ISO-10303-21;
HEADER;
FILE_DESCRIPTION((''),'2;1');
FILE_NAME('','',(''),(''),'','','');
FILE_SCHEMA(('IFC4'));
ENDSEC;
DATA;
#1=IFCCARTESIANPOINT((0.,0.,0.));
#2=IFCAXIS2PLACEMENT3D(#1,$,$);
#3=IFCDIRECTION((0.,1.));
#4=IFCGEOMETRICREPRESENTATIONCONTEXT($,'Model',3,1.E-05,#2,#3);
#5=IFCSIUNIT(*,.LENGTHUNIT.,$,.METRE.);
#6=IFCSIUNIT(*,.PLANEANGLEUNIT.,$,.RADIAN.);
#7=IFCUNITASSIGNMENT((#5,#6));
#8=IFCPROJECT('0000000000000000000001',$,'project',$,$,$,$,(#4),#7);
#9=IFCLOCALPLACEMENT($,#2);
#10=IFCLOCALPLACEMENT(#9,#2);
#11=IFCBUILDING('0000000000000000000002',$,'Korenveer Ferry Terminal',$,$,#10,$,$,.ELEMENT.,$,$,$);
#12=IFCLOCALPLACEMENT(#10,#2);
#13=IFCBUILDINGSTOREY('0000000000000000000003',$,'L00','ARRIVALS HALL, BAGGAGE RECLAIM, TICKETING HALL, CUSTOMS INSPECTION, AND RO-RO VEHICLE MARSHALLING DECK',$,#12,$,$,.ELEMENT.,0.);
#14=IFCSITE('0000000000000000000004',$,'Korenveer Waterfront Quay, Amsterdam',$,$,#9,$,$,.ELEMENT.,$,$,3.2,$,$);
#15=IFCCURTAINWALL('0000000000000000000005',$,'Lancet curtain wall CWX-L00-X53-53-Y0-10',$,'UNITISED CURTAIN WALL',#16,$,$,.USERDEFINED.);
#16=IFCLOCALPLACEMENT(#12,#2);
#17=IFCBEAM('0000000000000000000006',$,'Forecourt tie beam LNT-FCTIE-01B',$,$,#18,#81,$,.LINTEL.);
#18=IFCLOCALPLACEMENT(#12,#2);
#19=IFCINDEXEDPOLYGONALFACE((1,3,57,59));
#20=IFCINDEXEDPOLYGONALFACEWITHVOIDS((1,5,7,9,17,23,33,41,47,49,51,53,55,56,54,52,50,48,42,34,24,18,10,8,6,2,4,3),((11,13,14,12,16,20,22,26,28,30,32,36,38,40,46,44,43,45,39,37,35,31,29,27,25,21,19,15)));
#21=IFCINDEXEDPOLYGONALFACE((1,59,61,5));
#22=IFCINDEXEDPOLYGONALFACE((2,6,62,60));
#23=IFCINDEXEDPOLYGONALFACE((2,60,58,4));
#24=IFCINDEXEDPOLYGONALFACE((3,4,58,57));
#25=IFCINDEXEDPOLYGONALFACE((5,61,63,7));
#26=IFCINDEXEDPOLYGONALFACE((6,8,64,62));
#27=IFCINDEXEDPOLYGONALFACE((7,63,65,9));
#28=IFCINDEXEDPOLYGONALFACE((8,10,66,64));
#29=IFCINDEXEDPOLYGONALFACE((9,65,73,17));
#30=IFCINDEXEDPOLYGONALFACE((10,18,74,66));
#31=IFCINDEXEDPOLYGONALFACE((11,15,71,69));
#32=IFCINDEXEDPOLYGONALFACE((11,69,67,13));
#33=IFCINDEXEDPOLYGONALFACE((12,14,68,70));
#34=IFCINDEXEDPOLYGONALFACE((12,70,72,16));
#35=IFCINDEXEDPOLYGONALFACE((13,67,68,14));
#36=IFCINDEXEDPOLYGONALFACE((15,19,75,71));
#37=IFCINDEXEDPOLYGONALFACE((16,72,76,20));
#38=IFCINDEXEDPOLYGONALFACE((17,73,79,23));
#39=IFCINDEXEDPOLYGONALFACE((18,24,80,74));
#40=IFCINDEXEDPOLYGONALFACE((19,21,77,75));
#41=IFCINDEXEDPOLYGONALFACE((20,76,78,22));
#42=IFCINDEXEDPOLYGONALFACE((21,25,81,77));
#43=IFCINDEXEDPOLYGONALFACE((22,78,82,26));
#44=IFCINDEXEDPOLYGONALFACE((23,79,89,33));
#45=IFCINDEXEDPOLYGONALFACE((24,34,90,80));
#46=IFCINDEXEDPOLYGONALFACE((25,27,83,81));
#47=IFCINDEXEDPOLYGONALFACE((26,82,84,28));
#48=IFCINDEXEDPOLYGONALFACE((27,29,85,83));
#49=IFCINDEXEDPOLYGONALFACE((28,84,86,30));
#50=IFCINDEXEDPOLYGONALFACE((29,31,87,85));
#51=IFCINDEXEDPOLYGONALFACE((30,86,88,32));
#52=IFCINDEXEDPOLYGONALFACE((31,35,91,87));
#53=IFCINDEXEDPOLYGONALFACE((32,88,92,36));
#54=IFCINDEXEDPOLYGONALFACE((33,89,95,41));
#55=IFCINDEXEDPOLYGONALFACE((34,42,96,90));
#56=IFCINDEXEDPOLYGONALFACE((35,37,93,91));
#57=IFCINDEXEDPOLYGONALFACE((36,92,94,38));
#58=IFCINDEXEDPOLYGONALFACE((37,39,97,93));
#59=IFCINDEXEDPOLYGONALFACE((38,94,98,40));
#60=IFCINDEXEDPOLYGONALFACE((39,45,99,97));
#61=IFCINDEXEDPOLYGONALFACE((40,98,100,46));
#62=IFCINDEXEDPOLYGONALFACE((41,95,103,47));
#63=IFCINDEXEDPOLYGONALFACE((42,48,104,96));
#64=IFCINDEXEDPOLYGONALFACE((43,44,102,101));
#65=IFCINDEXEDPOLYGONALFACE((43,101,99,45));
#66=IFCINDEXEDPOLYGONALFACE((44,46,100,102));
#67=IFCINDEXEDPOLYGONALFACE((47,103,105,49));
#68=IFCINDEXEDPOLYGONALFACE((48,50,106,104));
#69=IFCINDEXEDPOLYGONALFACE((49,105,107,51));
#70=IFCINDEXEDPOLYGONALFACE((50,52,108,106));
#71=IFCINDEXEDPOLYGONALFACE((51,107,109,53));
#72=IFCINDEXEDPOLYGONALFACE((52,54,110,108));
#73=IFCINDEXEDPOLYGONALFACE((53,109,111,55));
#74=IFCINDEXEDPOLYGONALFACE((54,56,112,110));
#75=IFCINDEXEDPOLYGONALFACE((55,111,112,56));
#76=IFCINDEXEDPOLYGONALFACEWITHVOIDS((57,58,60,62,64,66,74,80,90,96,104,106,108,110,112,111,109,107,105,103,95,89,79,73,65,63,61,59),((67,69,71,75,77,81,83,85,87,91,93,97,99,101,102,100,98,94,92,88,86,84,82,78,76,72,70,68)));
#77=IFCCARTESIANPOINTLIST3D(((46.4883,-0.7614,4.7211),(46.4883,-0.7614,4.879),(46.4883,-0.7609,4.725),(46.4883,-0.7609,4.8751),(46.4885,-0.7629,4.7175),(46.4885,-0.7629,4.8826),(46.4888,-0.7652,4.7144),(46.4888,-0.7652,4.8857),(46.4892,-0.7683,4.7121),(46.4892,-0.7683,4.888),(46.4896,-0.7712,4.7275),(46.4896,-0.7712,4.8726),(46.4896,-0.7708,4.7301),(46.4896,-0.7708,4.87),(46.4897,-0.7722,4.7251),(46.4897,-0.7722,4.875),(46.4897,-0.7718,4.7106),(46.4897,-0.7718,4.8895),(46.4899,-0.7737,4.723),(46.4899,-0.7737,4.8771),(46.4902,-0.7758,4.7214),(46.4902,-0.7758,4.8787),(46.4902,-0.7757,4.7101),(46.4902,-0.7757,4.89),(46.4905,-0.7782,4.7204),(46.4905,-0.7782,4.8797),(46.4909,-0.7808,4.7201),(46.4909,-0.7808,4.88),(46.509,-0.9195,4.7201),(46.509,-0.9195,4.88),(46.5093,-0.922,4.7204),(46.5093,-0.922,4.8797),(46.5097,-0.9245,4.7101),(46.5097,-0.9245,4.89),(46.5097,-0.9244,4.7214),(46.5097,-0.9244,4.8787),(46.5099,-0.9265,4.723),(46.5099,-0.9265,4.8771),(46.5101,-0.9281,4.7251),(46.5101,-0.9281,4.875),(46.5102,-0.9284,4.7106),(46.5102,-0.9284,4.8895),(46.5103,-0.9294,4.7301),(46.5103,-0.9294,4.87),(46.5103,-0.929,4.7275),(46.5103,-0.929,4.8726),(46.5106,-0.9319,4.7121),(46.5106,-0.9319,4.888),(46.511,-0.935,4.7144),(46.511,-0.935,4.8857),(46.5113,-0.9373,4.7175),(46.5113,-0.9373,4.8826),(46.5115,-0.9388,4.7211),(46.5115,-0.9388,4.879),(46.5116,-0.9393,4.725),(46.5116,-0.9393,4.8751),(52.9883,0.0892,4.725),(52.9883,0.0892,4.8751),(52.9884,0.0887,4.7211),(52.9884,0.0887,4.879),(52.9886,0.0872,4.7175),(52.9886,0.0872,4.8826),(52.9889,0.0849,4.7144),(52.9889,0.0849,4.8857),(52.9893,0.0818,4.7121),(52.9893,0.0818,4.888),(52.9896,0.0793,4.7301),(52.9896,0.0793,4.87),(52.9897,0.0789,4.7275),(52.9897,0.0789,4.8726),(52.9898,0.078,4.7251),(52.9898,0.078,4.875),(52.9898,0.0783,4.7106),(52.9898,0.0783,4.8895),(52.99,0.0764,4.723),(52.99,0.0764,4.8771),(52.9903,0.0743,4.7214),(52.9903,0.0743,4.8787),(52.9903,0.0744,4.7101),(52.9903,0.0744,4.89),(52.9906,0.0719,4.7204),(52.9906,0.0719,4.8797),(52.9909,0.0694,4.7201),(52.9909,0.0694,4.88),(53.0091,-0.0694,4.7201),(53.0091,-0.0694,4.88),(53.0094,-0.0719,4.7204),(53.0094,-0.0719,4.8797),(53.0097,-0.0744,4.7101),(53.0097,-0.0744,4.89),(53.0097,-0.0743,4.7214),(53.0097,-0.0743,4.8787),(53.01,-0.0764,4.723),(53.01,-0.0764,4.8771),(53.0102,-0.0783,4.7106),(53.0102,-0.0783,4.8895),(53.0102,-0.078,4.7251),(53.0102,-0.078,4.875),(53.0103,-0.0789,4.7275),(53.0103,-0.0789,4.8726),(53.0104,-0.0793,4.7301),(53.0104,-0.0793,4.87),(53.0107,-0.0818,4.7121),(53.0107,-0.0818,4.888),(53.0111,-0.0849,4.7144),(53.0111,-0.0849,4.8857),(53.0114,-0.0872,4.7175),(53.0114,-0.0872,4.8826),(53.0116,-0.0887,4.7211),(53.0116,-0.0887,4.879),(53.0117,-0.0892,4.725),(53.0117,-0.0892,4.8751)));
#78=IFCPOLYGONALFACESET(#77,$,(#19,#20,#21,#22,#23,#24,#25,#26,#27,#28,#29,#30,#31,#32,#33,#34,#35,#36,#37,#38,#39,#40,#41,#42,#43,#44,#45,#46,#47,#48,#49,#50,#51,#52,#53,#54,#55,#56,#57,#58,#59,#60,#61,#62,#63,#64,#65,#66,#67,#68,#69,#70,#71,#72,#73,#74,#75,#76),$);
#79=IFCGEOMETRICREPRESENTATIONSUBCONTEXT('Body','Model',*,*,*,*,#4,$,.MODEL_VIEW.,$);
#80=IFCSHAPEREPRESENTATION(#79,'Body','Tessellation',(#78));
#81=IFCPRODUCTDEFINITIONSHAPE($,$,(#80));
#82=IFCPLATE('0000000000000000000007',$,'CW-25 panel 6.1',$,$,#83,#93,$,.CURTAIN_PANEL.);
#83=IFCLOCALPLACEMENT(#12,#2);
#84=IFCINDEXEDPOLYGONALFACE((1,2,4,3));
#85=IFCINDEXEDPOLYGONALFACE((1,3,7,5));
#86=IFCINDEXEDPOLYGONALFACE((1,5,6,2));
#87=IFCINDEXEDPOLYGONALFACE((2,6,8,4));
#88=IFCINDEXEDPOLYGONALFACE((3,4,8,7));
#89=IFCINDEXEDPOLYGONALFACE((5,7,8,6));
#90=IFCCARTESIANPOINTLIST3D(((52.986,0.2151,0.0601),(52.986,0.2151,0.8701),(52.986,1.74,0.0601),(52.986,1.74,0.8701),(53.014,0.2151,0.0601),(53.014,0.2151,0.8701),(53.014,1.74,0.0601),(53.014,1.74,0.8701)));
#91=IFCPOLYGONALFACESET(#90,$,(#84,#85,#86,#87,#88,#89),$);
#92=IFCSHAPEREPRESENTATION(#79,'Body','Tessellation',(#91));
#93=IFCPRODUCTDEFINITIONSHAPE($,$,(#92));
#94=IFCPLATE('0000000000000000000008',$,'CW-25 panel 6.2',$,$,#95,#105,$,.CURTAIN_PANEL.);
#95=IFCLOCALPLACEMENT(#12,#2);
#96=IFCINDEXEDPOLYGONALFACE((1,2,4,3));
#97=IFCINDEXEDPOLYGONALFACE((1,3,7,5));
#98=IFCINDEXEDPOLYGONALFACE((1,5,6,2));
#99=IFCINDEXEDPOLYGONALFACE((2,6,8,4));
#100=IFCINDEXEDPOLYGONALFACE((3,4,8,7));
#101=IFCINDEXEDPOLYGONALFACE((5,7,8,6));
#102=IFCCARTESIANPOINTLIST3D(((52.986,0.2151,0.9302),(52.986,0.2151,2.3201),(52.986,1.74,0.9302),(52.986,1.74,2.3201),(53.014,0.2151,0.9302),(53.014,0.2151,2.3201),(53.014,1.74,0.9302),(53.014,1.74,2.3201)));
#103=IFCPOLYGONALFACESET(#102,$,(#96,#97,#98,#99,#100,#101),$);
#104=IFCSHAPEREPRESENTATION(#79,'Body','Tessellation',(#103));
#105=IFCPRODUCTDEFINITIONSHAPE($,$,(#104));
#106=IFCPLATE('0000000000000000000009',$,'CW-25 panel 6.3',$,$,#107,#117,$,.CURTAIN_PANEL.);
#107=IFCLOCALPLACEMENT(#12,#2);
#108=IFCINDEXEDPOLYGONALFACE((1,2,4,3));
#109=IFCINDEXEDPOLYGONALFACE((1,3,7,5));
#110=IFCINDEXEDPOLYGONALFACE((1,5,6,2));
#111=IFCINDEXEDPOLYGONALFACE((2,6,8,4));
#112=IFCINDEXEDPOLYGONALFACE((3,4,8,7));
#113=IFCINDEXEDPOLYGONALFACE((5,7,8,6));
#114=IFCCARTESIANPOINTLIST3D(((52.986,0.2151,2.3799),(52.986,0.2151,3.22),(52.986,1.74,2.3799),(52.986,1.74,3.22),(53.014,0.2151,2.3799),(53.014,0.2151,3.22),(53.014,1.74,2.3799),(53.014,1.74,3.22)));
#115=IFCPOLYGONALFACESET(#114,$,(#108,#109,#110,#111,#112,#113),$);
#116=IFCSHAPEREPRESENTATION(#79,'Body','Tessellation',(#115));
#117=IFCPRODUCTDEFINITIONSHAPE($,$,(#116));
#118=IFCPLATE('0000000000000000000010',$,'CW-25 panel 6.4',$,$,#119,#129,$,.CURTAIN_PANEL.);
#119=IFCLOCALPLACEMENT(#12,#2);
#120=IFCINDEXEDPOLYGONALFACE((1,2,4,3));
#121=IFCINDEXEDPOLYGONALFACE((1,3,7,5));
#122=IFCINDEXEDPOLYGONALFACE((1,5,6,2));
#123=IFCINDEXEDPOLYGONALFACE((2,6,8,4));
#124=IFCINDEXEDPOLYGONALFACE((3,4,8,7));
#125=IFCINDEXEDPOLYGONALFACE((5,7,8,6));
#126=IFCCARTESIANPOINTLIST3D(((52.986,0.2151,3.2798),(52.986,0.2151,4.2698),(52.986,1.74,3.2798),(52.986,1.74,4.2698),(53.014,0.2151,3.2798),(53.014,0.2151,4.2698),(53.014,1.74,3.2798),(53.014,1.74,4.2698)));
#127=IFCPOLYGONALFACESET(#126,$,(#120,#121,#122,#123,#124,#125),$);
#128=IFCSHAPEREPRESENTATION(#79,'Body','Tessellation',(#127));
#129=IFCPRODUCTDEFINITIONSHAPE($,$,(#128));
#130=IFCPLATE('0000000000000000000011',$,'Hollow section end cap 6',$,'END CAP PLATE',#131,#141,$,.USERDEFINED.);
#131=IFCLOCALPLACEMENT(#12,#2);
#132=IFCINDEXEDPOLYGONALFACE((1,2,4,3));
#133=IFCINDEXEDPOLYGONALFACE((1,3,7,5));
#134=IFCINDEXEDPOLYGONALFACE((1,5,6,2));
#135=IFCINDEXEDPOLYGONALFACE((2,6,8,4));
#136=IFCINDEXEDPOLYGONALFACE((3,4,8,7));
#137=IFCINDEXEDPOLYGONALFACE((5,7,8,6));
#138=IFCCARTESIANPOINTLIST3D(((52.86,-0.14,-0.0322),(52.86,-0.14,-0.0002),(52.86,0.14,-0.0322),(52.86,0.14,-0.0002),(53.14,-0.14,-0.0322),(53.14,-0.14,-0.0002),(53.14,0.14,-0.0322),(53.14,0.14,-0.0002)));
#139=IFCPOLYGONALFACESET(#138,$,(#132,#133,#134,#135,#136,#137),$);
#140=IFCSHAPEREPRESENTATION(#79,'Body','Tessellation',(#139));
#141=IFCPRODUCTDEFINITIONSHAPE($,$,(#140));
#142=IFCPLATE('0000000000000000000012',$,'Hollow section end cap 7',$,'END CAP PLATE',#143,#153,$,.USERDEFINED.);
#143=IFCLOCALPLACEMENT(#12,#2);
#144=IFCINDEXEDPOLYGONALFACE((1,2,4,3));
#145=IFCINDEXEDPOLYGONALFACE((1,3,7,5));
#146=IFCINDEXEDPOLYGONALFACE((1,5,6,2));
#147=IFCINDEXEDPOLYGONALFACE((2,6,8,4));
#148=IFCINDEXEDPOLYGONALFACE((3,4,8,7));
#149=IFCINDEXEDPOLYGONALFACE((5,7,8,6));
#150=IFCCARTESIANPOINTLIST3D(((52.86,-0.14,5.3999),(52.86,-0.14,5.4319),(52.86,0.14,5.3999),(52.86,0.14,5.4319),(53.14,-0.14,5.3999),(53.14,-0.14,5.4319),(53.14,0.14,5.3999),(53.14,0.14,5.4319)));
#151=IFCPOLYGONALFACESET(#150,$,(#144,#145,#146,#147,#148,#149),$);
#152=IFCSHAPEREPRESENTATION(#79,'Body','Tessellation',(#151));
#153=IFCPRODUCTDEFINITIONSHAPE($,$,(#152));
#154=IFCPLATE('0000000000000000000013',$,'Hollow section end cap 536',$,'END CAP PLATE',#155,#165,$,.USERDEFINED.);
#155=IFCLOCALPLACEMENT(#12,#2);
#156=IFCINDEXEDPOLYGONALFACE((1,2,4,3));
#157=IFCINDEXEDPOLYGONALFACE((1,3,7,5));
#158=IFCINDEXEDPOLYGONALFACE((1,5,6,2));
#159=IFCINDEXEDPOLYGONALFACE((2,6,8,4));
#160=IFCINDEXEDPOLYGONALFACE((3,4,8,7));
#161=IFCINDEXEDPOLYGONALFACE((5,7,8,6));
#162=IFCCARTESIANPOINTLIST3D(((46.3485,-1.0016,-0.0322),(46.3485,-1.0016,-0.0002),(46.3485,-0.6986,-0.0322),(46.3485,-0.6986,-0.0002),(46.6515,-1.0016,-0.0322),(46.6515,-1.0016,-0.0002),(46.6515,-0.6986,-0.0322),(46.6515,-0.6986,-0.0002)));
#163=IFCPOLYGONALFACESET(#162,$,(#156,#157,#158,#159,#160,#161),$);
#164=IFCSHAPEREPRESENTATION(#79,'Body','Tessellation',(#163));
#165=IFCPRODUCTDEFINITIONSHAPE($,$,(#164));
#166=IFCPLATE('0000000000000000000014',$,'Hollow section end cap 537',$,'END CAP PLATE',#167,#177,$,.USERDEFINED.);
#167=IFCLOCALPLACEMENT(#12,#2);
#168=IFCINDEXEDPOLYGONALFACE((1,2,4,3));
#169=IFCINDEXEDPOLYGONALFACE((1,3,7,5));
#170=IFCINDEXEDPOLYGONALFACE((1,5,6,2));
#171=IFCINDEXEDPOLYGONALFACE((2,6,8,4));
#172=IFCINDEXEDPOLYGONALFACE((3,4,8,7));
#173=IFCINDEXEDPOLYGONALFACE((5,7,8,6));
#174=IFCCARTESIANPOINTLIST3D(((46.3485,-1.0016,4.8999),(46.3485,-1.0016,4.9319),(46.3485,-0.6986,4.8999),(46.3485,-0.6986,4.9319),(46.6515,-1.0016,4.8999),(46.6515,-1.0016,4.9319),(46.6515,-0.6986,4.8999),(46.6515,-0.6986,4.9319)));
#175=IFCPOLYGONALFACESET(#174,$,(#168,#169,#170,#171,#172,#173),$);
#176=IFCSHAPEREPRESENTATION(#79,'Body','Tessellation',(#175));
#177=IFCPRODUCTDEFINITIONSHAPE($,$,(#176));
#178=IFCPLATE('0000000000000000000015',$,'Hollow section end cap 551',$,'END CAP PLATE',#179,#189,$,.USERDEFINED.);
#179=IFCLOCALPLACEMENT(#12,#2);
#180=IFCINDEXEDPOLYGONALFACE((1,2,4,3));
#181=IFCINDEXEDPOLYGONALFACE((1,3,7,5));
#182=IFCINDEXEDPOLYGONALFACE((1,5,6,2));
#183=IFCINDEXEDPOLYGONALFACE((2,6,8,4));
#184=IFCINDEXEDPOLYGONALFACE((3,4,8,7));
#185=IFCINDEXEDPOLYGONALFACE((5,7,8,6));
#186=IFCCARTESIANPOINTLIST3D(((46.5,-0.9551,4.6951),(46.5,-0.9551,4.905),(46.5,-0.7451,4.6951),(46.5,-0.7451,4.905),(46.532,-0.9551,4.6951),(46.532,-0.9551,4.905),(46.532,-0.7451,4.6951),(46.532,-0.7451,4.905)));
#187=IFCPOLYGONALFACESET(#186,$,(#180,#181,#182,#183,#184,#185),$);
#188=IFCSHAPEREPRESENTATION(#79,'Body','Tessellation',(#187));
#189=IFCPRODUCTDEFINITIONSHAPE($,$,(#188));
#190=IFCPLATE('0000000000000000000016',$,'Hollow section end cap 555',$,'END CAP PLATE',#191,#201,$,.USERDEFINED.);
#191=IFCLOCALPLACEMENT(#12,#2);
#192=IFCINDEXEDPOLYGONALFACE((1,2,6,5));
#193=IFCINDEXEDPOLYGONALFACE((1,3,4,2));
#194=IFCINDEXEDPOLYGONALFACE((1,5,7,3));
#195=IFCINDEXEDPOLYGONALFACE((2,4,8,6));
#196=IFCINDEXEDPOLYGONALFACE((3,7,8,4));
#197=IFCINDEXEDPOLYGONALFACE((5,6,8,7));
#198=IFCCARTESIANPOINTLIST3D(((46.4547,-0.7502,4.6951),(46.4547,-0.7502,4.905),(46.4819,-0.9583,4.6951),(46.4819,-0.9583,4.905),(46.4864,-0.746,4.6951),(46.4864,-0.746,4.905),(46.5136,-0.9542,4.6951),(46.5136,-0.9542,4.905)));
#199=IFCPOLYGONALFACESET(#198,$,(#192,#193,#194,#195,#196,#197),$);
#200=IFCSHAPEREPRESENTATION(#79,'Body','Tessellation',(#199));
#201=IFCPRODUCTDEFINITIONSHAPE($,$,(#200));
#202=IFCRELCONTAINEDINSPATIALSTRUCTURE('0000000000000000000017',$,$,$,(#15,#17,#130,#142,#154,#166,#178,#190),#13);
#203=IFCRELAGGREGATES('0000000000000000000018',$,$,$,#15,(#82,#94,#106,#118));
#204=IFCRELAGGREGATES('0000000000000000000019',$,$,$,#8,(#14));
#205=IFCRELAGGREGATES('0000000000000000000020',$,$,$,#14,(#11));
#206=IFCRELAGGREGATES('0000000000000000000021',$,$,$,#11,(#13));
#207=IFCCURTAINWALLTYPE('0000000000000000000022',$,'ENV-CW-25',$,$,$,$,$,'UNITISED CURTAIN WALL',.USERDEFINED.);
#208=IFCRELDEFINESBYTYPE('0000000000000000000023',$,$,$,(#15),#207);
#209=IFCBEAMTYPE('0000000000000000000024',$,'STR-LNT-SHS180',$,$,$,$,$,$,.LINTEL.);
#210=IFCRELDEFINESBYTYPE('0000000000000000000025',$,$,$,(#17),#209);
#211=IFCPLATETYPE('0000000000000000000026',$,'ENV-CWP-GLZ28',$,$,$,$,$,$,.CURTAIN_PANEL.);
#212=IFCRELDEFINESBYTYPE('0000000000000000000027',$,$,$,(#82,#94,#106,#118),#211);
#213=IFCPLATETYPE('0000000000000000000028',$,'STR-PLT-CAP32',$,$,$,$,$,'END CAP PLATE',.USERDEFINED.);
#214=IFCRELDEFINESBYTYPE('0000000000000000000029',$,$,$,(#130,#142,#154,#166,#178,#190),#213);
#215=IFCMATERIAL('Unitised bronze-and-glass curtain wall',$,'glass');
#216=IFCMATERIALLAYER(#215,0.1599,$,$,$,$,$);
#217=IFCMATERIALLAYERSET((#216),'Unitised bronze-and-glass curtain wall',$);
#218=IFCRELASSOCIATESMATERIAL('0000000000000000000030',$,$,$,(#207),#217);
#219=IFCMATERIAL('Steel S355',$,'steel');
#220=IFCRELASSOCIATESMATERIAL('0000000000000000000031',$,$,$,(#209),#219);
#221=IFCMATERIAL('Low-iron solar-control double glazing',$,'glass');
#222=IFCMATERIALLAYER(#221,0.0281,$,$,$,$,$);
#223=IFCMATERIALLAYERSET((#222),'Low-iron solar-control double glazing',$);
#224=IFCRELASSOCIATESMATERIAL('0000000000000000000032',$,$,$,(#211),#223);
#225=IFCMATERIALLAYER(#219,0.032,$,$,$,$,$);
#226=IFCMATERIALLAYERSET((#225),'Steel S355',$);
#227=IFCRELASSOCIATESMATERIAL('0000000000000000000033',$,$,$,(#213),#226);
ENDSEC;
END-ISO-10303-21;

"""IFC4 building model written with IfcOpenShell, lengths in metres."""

from ifc_helpers import new_model, si_unit, direction, frame, origin, origin_2d, place, context, subcontext, project, spatial, rectangle, hollow_rectangle, extrude, material, layer, layer_set, material_profile, profile_set, type_object, element, aggregate, save


model = new_model("IFC4")

# Units and contexts
model_context = context("Model", 3, precision=1e-05, world=origin(), true_north=direction((0.0, 1.0)))
body_context = subcontext(model_context, "Body", "Model", "MODEL_VIEW")
ifc_project = project(units=[si_unit("LENGTHUNIT", "METRE"), si_unit("PLANEANGLEUNIT", "RADIAN")], contexts=[model_context])

# Site, building, storey
site_placement = place(None, origin())
site = spatial("IfcSite", under=ifc_project, at=site_placement, Name="Korenveer Waterfront Quay, Amsterdam", CompositionType="ELEMENT", RefElevation=3.2)
building_placement = place(site_placement, origin())
building = spatial("IfcBuilding", under=site, at=building_placement, Name="Korenveer Ferry Terminal", CompositionType="ELEMENT")
storey_placement = place(building_placement, origin())
storey = spatial("IfcBuildingStorey", under=building, at=storey_placement, Name="L00", Description="ARRIVALS HALL, BAGGAGE RECLAIM, TICKETING HALL, CUSTOMS INSPECTION, AND RO-RO VEHICLE MARSHALLING DECK", CompositionType="ELEMENT", Elevation=0.0)

# Shared definitions
ifc_material_1 = material(Name="Steel S355", Category="steel")

# Curtain wall
ifc_material_2 = material(Name="Unitised bronze-and-glass curtain wall", Category="glass")
ifc_layer_1 = layer(ifc_material_2, 0.1599)
ifc_layer_set_1 = layer_set([ifc_layer_1], Name="Unitised bronze-and-glass curtain wall")
curtain_wall_type = type_object("IfcCurtainWallType", Name="ENV-CW-25", ElementType="UNITISED CURTAIN WALL", PredefinedType="USERDEFINED", material=ifc_layer_set_1)
curtain_wall_placement = place(storey_placement, frame((53.0, 9.845, 0.0)))
curtain_wall = element("IfcCurtainWall", 1, at=curtain_wall_placement, inside=storey, type_object=curtain_wall_type, Name="Lancet curtain wall CWX-L00-X53-53-Y0-10", ObjectType="UNITISED CURTAIN WALL", PredefinedType="USERDEFINED")

# Beam
ifc_material_profile_1 = material_profile(ifc_material_1, hollow_rectangle(XDim=0.1799, YDim=0.1799, WallThickness=0.01, InnerFilletRadius=0.01, OuterFilletRadius=0.0149, at=origin_2d()), Name="SHS 180x180x10")
ifc_profile_set_1 = profile_set([ifc_material_profile_1], Name="Steel S355")
beam_type_1 = type_object("IfcBeamType", Name="STR-LNT-SHS180", PredefinedType="LINTEL", material=ifc_profile_set_1)
beam_1_placement = place(storey_placement, frame((53.0, 0.0, 4.8), z_axis=(-0.991556, -0.12968, 0.0), x_axis=(0.12968, -0.991556, 0.0)))
element("IfcBeam", 2, at=beam_1_placement, inside=storey, type_object=beam_type_1, Name="Forecourt tie beam LNT-FCTIE-01B", PredefinedType="LINTEL", context=body_context, shape_type="SweptSolid", body=[
    extrude(hollow_rectangle(XDim=0.1799, YDim=0.1799, WallThickness=0.01, InnerFilletRadius=0.01, OuterFilletRadius=0.0149, at=origin_2d()), origin(), (0.0, 0.0, 1.0), 6.5554),
])

# Plates
ifc_material_3 = material(Name="Low-iron solar-control double glazing", Category="glass")
ifc_layer_2 = layer(ifc_material_3, 0.0281)
ifc_layer_set_2 = layer_set([ifc_layer_2], Name="Low-iron solar-control double glazing")
plate_type_1 = type_object("IfcPlateType", Name="ENV-CWP-GLZ28", PredefinedType="CURTAIN_PANEL", material=ifc_layer_set_2)
plate_1_placement = place(storey_placement, frame((53.0, 0.9775, 0.0601), z_axis=(0.0, 0.0, 1.0), x_axis=(0.0, -1.0, 0.0)))
plate_1 = element("IfcPlate", 3, at=plate_1_placement, type_object=plate_type_1, Name="CW-25 panel 6.1", PredefinedType="CURTAIN_PANEL", context=body_context, shape_type="SweptSolid", body=[
    extrude(rectangle(XDim=1.5249, YDim=0.0281, at=origin_2d()), origin(), (0.0, 0.0, 1.0), 0.8101),
])
plate_2_placement = place(storey_placement, frame((53.0, 0.9775, 0.9302), z_axis=(0.0, 0.0, 1.0), x_axis=(0.0, -1.0, 0.0)))
plate_2 = element("IfcPlate", 4, at=plate_2_placement, type_object=plate_type_1, Name="CW-25 panel 6.2", PredefinedType="CURTAIN_PANEL", context=body_context, shape_type="SweptSolid", body=[
    extrude(rectangle(XDim=1.5249, YDim=0.0281, at=origin_2d()), origin(), (0.0, 0.0, 1.0), 1.3899),
])
plate_3_placement = place(storey_placement, frame((53.0, 0.9775, 2.3799), z_axis=(0.0, 0.0, 1.0), x_axis=(0.0, -1.0, 0.0)))
plate_3 = element("IfcPlate", 5, at=plate_3_placement, type_object=plate_type_1, Name="CW-25 panel 6.3", PredefinedType="CURTAIN_PANEL", context=body_context, shape_type="SweptSolid", body=[
    extrude(rectangle(XDim=1.5249, YDim=0.0281, at=origin_2d()), origin(), (0.0, 0.0, 1.0), 0.8401),
])
plate_4_placement = place(storey_placement, frame((53.0, 0.9775, 3.2798), z_axis=(0.0, 0.0, 1.0), x_axis=(0.0, -1.0, 0.0)))
plate_4 = element("IfcPlate", 6, at=plate_4_placement, type_object=plate_type_1, Name="CW-25 panel 6.4", PredefinedType="CURTAIN_PANEL", context=body_context, shape_type="SweptSolid", body=[
    extrude(rectangle(XDim=1.5249, YDim=0.0281, at=origin_2d()), origin(), (0.0, 0.0, 1.0), 0.99),
])
aggregate(curtain_wall, [plate_1, plate_2, plate_3, plate_4])

# Plates
ifc_layer_3 = layer(ifc_material_1, 0.032)
ifc_layer_set_3 = layer_set([ifc_layer_3], Name="Steel S355")
plate_type_2 = type_object("IfcPlateType", Name="STR-PLT-CAP32", ElementType="END CAP PLATE", PredefinedType="USERDEFINED", material=ifc_layer_set_3)
for number, where, z_axis, x_axis, name in (
    (7, (53.0, 0.0, -0.0322), (0.0, 0.0, 1.0), (1.0, 0.0, 0.0), "Hollow section end cap 6"),
    (8, (53.0, 0.0, 5.3999), (0.0, 0.0, 1.0), (1.0, 0.0, 0.0), "Hollow section end cap 7"),
):
    element("IfcPlate", number, at=place(storey_placement, frame(where, z_axis=z_axis, x_axis=x_axis)), inside=storey, type_object=plate_type_2, Name=name, ObjectType="END CAP PLATE", PredefinedType="USERDEFINED", context=body_context, shape_type="SweptSolid", body=[
        extrude(rectangle(XDim=0.28, YDim=0.28, at=origin_2d()), origin(), (0.0, 0.0, 1.0), 0.032),
    ])
for number, where, z_axis, x_axis, name in (
    (9, (46.5, -0.8501, -0.0322), (0.0, 0.0, 1.0), (1.0, 0.0, 0.0), "Hollow section end cap 536"),
    (10, (46.5, -0.8501, 4.8999), (0.0, 0.0, 1.0), (1.0, 0.0, 0.0), "Hollow section end cap 537"),
):
    element("IfcPlate", number, at=place(storey_placement, frame(where, z_axis=z_axis, x_axis=x_axis)), inside=storey, type_object=plate_type_2, Name=name, ObjectType="END CAP PLATE", PredefinedType="USERDEFINED", context=body_context, shape_type="SweptSolid", body=[
        extrude(rectangle(XDim=0.303, YDim=0.303, at=origin_2d()), origin(), (0.0, 0.0, 1.0), 0.032),
    ])
for number, where, z_axis, x_axis, name in (
    (11, (46.5, -0.8501, 4.8), (1.0, 0.0, 0.0), (0.0, 1.0, 0.0), "Hollow section end cap 551"),
    (12, (46.5, -0.8501, 4.8), (-0.991558, -0.129665, 0.0), (0.129665, -0.991558, 0.0), "Hollow section end cap 555"),
):
    element("IfcPlate", number, at=place(storey_placement, frame(where, z_axis=z_axis, x_axis=x_axis)), inside=storey, type_object=plate_type_2, Name=name, ObjectType="END CAP PLATE", PredefinedType="USERDEFINED", context=body_context, shape_type="SweptSolid", body=[
        extrude(rectangle(XDim=0.21, YDim=0.21, at=origin_2d()), origin(), (0.0, 0.0, 1.0), 0.032),
    ])

save(model, "model.ifc")
